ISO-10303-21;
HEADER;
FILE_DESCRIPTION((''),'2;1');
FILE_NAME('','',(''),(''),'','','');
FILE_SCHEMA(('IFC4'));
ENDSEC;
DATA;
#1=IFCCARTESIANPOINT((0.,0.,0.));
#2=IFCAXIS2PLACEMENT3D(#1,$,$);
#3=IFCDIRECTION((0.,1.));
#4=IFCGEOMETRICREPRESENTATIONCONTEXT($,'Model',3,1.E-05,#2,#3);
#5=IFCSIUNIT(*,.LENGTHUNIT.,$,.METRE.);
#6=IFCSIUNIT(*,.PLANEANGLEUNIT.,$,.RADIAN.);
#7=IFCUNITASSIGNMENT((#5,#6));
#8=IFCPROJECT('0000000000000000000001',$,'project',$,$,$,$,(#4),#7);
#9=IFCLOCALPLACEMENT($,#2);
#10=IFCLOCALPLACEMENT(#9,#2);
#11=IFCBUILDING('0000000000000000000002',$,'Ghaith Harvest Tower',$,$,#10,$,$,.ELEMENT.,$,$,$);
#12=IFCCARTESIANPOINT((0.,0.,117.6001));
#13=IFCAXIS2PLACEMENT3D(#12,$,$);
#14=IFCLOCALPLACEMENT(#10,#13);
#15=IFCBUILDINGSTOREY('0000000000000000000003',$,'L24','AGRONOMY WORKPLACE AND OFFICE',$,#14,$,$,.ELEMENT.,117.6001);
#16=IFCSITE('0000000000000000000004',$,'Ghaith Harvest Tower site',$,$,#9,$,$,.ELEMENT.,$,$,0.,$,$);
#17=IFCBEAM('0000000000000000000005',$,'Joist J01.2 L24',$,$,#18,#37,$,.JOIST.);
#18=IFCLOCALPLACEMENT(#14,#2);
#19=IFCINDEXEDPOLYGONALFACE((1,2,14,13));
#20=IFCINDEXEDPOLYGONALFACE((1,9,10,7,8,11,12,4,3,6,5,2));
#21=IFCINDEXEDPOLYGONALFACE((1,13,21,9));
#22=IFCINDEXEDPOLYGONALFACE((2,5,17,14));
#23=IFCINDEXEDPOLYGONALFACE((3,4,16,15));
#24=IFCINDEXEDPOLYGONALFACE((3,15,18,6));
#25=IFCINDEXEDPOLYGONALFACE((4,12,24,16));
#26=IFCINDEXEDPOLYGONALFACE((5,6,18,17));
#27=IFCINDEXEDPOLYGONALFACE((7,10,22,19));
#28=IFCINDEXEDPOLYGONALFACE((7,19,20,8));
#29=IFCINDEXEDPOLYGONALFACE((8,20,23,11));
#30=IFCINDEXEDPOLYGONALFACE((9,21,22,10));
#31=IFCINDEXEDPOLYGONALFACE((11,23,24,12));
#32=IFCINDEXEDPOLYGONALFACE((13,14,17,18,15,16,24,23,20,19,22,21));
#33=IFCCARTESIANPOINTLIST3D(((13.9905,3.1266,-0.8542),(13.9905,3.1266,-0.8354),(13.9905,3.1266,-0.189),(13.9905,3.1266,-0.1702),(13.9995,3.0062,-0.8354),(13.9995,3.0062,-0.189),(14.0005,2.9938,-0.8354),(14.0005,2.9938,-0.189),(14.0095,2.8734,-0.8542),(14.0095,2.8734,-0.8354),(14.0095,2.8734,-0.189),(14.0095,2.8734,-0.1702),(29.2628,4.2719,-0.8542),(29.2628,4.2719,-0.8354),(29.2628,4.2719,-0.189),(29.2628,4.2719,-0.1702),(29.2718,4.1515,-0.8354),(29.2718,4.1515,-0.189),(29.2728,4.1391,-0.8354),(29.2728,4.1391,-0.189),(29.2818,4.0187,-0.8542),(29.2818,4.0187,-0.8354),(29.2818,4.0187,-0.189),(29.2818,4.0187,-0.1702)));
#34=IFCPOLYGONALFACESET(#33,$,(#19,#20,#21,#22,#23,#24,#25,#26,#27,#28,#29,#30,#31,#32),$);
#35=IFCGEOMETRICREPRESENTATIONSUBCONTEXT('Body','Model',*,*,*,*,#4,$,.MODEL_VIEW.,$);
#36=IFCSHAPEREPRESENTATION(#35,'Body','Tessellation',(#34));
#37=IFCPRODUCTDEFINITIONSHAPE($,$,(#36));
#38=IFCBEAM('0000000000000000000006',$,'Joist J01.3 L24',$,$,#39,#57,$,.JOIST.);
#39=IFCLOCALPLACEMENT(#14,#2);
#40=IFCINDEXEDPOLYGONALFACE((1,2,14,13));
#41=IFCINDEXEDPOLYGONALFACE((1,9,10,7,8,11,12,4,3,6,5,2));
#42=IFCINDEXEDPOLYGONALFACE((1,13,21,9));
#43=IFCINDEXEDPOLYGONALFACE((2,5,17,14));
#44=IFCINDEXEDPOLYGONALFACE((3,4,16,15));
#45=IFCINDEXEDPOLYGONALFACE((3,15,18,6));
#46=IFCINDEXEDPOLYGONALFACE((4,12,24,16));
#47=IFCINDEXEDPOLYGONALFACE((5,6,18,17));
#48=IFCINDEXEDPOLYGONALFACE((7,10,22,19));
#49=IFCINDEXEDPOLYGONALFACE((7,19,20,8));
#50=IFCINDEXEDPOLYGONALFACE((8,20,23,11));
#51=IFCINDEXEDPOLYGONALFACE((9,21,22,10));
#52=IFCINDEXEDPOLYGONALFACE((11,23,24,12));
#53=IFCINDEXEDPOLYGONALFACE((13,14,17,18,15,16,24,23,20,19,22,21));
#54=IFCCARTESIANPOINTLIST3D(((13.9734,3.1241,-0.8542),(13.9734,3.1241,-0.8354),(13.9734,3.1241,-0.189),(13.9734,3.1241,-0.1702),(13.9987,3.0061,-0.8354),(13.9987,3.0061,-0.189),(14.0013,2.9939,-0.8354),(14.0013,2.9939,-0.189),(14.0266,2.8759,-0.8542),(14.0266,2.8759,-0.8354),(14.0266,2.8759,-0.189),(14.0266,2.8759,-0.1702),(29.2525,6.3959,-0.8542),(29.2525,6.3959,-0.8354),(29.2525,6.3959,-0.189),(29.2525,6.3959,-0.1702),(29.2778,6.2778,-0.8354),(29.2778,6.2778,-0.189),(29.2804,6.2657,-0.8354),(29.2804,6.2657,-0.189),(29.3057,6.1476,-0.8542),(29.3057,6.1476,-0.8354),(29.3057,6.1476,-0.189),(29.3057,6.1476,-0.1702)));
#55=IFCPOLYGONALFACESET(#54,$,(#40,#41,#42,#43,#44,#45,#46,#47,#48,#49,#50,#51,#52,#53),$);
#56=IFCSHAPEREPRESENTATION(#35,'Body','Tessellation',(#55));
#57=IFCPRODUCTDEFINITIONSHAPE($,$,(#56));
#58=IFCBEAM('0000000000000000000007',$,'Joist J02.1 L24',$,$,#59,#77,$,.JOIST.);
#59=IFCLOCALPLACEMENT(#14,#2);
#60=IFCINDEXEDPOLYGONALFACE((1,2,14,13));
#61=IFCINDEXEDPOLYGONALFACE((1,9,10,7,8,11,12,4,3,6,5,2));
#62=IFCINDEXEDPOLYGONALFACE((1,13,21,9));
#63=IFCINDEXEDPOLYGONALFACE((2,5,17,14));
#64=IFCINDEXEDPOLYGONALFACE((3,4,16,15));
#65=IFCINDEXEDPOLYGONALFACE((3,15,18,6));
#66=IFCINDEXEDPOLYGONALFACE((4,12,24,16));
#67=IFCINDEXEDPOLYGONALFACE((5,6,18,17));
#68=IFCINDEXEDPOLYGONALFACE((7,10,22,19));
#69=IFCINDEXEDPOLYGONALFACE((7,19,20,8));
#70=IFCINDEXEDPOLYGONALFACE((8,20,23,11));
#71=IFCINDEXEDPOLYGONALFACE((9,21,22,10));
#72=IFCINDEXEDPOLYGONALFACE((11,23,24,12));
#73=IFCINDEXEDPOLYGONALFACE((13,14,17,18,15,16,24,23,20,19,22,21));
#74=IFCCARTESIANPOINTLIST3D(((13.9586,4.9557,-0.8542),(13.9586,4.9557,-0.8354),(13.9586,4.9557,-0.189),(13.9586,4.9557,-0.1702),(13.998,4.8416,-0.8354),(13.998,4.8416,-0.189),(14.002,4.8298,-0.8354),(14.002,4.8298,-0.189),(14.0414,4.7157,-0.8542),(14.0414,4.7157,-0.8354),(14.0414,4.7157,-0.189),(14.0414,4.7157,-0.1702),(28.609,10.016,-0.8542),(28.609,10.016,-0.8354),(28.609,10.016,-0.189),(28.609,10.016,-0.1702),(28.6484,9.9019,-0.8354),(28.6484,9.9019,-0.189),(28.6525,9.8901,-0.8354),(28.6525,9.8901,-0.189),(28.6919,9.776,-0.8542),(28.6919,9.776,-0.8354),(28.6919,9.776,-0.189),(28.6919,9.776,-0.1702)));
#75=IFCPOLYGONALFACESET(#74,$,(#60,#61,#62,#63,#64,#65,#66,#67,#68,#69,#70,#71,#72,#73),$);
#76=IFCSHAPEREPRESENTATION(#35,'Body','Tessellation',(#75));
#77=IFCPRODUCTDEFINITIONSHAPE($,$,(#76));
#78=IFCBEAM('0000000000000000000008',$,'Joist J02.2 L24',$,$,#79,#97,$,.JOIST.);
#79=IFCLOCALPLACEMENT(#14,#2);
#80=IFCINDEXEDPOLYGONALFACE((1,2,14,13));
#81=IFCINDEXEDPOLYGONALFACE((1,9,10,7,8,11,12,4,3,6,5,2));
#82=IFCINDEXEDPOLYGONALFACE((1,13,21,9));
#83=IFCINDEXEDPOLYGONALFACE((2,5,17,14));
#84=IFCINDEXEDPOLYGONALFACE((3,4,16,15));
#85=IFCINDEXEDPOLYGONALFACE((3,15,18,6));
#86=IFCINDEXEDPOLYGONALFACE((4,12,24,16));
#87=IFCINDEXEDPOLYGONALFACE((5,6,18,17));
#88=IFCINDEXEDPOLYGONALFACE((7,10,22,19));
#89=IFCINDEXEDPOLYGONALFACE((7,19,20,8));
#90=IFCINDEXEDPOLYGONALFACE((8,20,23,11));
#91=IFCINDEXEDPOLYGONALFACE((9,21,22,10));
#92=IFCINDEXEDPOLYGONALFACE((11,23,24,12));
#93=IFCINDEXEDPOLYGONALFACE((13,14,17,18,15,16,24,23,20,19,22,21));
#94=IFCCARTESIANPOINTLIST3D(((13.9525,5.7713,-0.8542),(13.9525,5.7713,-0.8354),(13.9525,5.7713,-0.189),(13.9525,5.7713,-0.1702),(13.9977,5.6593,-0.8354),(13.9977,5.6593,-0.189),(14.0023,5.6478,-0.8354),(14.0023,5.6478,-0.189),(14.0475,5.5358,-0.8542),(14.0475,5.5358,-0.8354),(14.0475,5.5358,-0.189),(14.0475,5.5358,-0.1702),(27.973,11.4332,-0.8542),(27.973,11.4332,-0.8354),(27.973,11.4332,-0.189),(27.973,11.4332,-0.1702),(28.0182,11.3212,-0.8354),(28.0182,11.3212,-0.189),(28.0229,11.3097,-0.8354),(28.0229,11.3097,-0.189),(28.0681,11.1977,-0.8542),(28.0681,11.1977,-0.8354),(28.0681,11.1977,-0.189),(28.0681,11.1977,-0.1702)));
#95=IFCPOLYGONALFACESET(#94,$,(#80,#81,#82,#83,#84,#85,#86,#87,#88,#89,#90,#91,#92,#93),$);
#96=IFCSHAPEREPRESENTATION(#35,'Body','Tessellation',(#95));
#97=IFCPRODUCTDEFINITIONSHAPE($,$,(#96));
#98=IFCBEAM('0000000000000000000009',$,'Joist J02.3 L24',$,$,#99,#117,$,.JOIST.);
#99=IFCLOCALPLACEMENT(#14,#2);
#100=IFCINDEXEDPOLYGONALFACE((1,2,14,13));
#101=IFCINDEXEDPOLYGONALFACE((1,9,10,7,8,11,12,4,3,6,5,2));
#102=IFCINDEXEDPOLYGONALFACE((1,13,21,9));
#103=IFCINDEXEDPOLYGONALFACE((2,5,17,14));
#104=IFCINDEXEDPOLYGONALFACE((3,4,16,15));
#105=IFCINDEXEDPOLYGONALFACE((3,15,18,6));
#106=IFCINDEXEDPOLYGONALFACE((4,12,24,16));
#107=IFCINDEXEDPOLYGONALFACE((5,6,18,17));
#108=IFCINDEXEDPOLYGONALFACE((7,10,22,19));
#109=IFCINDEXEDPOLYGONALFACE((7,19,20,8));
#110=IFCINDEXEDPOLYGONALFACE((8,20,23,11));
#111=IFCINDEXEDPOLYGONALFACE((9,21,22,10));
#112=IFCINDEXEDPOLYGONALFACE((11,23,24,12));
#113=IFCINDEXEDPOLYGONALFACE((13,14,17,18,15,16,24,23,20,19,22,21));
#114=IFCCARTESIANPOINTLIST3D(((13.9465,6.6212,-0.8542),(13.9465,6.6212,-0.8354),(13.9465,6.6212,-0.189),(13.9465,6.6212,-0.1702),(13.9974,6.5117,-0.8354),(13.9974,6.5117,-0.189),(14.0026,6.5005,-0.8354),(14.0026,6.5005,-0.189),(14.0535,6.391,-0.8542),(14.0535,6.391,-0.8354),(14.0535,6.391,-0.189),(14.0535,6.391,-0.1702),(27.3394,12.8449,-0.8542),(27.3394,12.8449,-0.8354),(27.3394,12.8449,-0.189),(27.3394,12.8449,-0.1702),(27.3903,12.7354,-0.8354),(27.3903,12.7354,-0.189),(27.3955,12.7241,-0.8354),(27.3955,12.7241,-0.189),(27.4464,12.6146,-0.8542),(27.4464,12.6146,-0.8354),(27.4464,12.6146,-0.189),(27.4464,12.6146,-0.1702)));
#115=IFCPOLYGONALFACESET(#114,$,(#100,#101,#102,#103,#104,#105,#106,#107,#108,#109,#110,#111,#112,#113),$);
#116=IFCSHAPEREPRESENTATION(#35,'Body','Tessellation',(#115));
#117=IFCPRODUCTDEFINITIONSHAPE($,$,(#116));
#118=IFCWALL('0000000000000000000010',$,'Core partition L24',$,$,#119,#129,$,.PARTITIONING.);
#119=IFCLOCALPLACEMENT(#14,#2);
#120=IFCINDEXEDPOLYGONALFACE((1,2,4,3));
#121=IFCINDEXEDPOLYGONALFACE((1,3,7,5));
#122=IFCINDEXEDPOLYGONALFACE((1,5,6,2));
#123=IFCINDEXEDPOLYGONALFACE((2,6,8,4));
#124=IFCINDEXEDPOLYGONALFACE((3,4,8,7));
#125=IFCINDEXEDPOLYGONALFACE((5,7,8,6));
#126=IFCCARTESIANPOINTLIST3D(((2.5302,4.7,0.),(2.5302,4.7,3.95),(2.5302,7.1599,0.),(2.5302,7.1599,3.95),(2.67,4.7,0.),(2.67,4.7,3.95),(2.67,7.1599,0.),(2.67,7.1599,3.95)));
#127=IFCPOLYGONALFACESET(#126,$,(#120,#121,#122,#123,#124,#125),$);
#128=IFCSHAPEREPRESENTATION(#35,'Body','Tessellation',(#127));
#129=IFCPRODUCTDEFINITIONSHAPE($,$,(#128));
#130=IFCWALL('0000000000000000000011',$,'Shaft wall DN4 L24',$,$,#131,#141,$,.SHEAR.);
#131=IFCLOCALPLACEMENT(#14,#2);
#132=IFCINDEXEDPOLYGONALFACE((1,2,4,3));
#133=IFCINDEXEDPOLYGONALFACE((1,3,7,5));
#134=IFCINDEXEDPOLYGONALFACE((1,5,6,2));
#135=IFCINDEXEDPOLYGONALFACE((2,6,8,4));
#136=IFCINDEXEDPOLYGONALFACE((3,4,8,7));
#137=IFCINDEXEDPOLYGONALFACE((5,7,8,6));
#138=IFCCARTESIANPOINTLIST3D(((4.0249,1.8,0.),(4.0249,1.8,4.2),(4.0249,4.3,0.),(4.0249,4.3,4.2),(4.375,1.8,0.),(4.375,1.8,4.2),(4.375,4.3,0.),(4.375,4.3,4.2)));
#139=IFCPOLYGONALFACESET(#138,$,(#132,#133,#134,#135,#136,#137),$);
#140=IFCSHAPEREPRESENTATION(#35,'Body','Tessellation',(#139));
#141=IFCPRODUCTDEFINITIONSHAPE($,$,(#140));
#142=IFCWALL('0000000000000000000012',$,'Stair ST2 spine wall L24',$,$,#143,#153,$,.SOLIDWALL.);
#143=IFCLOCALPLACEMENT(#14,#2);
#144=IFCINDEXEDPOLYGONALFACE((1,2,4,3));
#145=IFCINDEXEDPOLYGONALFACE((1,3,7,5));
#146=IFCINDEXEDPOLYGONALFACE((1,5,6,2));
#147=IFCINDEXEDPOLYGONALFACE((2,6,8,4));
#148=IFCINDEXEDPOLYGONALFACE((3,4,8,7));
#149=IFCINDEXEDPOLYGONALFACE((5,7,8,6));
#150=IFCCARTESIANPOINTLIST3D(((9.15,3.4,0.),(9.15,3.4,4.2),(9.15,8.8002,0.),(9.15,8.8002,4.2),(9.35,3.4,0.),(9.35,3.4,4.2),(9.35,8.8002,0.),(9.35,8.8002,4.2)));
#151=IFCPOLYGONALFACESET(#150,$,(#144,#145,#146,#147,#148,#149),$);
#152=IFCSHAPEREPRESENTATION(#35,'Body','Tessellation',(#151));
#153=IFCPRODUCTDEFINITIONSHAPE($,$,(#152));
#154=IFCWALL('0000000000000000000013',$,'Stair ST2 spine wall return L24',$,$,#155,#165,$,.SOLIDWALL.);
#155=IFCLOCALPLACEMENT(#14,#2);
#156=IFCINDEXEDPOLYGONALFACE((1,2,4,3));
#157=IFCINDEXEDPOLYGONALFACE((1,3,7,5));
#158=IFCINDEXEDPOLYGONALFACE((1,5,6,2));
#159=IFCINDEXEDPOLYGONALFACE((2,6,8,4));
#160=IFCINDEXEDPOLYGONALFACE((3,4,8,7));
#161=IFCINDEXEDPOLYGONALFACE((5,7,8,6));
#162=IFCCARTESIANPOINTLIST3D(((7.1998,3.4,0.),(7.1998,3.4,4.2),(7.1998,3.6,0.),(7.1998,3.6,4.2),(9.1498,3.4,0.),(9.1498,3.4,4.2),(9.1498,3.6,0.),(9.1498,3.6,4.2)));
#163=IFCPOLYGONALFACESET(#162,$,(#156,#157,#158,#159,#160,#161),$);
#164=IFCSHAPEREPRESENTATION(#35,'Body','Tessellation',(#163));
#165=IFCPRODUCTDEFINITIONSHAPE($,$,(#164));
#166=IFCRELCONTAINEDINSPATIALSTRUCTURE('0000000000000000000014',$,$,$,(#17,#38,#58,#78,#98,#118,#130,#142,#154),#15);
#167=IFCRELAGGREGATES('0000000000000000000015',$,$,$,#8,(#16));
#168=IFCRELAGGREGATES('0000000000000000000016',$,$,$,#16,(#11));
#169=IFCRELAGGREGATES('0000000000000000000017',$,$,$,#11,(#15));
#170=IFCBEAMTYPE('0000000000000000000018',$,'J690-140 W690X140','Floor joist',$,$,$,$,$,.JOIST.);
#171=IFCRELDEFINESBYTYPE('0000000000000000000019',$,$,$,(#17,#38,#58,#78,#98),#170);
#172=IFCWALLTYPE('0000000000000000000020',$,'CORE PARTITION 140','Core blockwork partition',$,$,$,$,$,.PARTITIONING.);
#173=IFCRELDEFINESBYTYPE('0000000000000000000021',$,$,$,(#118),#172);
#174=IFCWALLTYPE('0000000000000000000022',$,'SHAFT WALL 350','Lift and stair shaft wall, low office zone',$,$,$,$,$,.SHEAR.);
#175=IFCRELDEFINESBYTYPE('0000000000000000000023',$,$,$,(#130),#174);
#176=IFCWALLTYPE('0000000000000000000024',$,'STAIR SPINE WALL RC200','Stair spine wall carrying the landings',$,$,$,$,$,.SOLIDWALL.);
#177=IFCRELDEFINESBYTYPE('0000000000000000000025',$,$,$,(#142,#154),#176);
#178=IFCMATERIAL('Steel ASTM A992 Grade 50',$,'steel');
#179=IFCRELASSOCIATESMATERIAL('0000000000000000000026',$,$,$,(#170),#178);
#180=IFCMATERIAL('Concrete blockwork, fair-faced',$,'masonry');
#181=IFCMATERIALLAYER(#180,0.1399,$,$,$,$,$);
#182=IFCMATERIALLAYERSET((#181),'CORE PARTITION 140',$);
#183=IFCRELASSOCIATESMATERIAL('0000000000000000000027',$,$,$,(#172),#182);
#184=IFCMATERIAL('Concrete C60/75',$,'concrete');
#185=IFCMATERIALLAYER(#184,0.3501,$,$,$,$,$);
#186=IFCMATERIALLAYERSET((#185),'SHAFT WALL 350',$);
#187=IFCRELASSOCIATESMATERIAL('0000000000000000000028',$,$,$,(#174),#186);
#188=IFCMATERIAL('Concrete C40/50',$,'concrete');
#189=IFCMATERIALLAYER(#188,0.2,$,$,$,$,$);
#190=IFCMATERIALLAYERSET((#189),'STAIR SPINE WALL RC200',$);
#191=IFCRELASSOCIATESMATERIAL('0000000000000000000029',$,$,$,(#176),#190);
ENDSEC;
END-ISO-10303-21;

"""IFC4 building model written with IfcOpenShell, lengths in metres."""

from ifc_helpers import new_model, si_unit, direction, frame, frame_2d, origin, origin_2d, place, context, subcontext, project, spatial, rectangle, i_section, extrude, material, layer, layer_set, material_profile, profile_set, type_object, element, save


model = new_model("IFC4")

# Units and contexts
model_context = context("Model", 3, precision=1e-05, world=origin(), true_north=direction((0.0, 1.0)))
body_context = subcontext(model_context, "Body", "Model", "MODEL_VIEW")
ifc_project = project(units=[si_unit("LENGTHUNIT", "METRE"), si_unit("PLANEANGLEUNIT", "RADIAN")], contexts=[model_context])

# Site, building, storey
site_placement = place(None, origin())
site = spatial("IfcSite", under=ifc_project, at=site_placement, Name="Ghaith Harvest Tower site", CompositionType="ELEMENT", RefElevation=0.0)
building_placement = place(site_placement, origin())
building = spatial("IfcBuilding", under=site, at=building_placement, Name="Ghaith Harvest Tower", CompositionType="ELEMENT")
storey_placement = place(building_placement, frame((0.0, 0.0, 117.6001)))
storey = spatial("IfcBuildingStorey", under=building, at=storey_placement, Name="L24", Description="AGRONOMY WORKPLACE AND OFFICE", CompositionType="ELEMENT", Elevation=117.6001)

# Beams
ifc_material_1 = material(Name="Steel ASTM A992 Grade 50", Category="steel")
ifc_material_profile_1 = material_profile(ifc_material_1, i_section(OverallWidth=0.2539, OverallDepth=0.6841, WebThickness=0.0125, FlangeThickness=0.0188, at=origin_2d()), Name="W690X140")
ifc_profile_set_1 = profile_set([ifc_material_profile_1], Name="Steel ASTM A992 Grade 50")
beam_type_1 = type_object("IfcBeamType", Name="J690-140 W690X140", Description="Floor joist", PredefinedType="JOIST", material=ifc_profile_set_1)
beam_1_placement = place(storey_placement, frame((14.0, 3.0, -0.5122), z_axis=(0.9972, 0.07478, 0.0), x_axis=(-0.07478, 0.9972, 0.0)))
element("IfcBeam", 1, at=beam_1_placement, inside=storey, type_object=beam_type_1, Name="Joist J01.2 L24", PredefinedType="JOIST", context=body_context, shape_type="SweptSolid", body=[
    extrude(i_section(OverallWidth=0.2539, OverallDepth=0.6841, WebThickness=0.0125, FlangeThickness=0.0188, at=origin_2d()), origin(), (0.0, 0.0, 1.0), 15.3152),
])
beam_2_placement = place(storey_placement, frame((14.0, 3.0, -0.5122), z_axis=(0.977833, 0.209385, 0.0), x_axis=(-0.209385, 0.977833, 0.0)))
element("IfcBeam", 2, at=beam_2_placement, inside=storey, type_object=beam_type_1, Name="Joist J01.3 L24", PredefinedType="JOIST", context=body_context, shape_type="SweptSolid", body=[
    extrude(i_section(OverallWidth=0.2539, OverallDepth=0.6841, WebThickness=0.0125, FlangeThickness=0.0188, at=origin_2d()), origin(), (0.0, 0.0, 1.0), 15.6255),
])
beam_3_placement = place(storey_placement, frame((14.0, 4.8357, -0.5122), z_axis=(0.945205, 0.326478, 0.0), x_axis=(-0.326478, 0.945205, 0.0)))
element("IfcBeam", 3, at=beam_3_placement, inside=storey, type_object=beam_type_1, Name="Joist J02.1 L24", PredefinedType="JOIST", context=body_context, shape_type="SweptSolid", body=[
    extrude(i_section(OverallWidth=0.2539, OverallDepth=0.6841, WebThickness=0.0125, FlangeThickness=0.0188, at=origin_2d()), origin(), (0.0, 0.0, 1.0), 15.4998),
])
beam_4_placement = place(storey_placement, frame((14.0, 5.6536, -0.5122), z_axis=(0.927248, 0.374448, 0.0), x_axis=(-0.374448, 0.927248, 0.0)))
element("IfcBeam", 4, at=beam_4_placement, inside=storey, type_object=beam_type_1, Name="Joist J02.2 L24", PredefinedType="JOIST", context=body_context, shape_type="SweptSolid", body=[
    extrude(i_section(OverallWidth=0.2539, OverallDepth=0.6841, WebThickness=0.0125, FlangeThickness=0.0188, at=origin_2d()), origin(), (0.0, 0.0, 1.0), 15.1206),
])
beam_5_placement = place(storey_placement, frame((14.0, 6.5061, -0.5122), z_axis=(0.906866, 0.42142, 0.0), x_axis=(-0.42142, 0.906866, 0.0)))
element("IfcBeam", 5, at=beam_5_placement, inside=storey, type_object=beam_type_1, Name="Joist J02.3 L24", PredefinedType="JOIST", context=body_context, shape_type="SweptSolid", body=[
    extrude(i_section(OverallWidth=0.2539, OverallDepth=0.6841, WebThickness=0.0125, FlangeThickness=0.0188, at=origin_2d()), origin(), (0.0, 0.0, 1.0), 14.7683),
])

# Wall
ifc_material_2 = material(Name="Concrete blockwork, fair-faced", Category="masonry")
ifc_layer_1 = layer(ifc_material_2, 0.1399)
ifc_layer_set_1 = layer_set([ifc_layer_1], Name="CORE PARTITION 140")
wall_type_1 = type_object("IfcWallType", Name="CORE PARTITION 140", Description="Core blockwork partition", PredefinedType="PARTITIONING", material=ifc_layer_set_1)
wall_1_placement = place(storey_placement, frame((2.6001, 4.7, 0.0), z_axis=(0.0, 0.0, 1.0), x_axis=(0.0, 1.0, 0.0)))
element("IfcWall", 6, at=wall_1_placement, inside=storey, type_object=wall_type_1, Name="Core partition L24", PredefinedType="PARTITIONING", context=body_context, shape_type="SweptSolid", body=[
    extrude(rectangle(XDim=2.46, YDim=0.1399, at=frame_2d((1.23, 0.0))), origin(), (0.0, 0.0, 1.0), 3.95),
])

# Shared definitions
ifc_material_3 = material(Name="Concrete C60/75", Category="concrete")
ifc_layer_2 = layer(ifc_material_3, 0.3501)
ifc_layer_set_2 = layer_set([ifc_layer_2], Name="SHAFT WALL 350")
wall_type_2 = type_object("IfcWallType", Name="SHAFT WALL 350", Description="Lift and stair shaft wall, low office zone", PredefinedType="SHEAR", material=ifc_layer_set_2)

# Walls
wall_2_placement = place(storey_placement, frame((4.2, 1.8, 0.0), z_axis=(0.0, 0.0, 1.0), x_axis=(0.0, 1.0, 0.0)))
element("IfcWall", 7, at=wall_2_placement, inside=storey, type_object=wall_type_2, Name="Shaft wall DN4 L24", PredefinedType="SHEAR", context=body_context, shape_type="SweptSolid", body=[
    extrude(rectangle(XDim=2.5, YDim=0.3501, at=frame_2d((1.25, 0.0))), origin(), (0.0, 0.0, 1.0), 4.2),
])
ifc_material_4 = material(Name="Concrete C40/50", Category="concrete")
ifc_layer_3 = layer(ifc_material_4, 0.2)
ifc_layer_set_3 = layer_set([ifc_layer_3], Name="STAIR SPINE WALL RC200")
wall_type_3 = type_object("IfcWallType", Name="STAIR SPINE WALL RC200", Description="Stair spine wall carrying the landings", PredefinedType="SOLIDWALL", material=ifc_layer_set_3)
wall_3_placement = place(storey_placement, frame((9.25, 3.3999, 0.0), z_axis=(0.0, 0.0, 1.0), x_axis=(0.0, 1.0, 0.0)))
element("IfcWall", 8, at=wall_3_placement, inside=storey, type_object=wall_type_3, Name="Stair ST2 spine wall L24", PredefinedType="SOLIDWALL", context=body_context, shape_type="SweptSolid", body=[
    extrude(rectangle(XDim=5.4001, YDim=0.2, at=frame_2d((2.7002, 0.0))), origin(), (0.0, 0.0, 1.0), 4.2),
])
wall_4_placement = place(storey_placement, frame((9.1499, 3.5, 0.0), z_axis=(0.0, 0.0, 1.0), x_axis=(-1.0, 0.0, 0.0)))
element("IfcWall", 9, at=wall_4_placement, inside=storey, type_object=wall_type_3, Name="Stair ST2 spine wall return L24", PredefinedType="SOLIDWALL", context=body_context, shape_type="SweptSolid", body=[
    extrude(rectangle(XDim=1.95, YDim=0.2, at=frame_2d((0.9751, 0.0))), origin(), (0.0, 0.0, 1.0), 4.2),
])

save(model, "model.ifc")
